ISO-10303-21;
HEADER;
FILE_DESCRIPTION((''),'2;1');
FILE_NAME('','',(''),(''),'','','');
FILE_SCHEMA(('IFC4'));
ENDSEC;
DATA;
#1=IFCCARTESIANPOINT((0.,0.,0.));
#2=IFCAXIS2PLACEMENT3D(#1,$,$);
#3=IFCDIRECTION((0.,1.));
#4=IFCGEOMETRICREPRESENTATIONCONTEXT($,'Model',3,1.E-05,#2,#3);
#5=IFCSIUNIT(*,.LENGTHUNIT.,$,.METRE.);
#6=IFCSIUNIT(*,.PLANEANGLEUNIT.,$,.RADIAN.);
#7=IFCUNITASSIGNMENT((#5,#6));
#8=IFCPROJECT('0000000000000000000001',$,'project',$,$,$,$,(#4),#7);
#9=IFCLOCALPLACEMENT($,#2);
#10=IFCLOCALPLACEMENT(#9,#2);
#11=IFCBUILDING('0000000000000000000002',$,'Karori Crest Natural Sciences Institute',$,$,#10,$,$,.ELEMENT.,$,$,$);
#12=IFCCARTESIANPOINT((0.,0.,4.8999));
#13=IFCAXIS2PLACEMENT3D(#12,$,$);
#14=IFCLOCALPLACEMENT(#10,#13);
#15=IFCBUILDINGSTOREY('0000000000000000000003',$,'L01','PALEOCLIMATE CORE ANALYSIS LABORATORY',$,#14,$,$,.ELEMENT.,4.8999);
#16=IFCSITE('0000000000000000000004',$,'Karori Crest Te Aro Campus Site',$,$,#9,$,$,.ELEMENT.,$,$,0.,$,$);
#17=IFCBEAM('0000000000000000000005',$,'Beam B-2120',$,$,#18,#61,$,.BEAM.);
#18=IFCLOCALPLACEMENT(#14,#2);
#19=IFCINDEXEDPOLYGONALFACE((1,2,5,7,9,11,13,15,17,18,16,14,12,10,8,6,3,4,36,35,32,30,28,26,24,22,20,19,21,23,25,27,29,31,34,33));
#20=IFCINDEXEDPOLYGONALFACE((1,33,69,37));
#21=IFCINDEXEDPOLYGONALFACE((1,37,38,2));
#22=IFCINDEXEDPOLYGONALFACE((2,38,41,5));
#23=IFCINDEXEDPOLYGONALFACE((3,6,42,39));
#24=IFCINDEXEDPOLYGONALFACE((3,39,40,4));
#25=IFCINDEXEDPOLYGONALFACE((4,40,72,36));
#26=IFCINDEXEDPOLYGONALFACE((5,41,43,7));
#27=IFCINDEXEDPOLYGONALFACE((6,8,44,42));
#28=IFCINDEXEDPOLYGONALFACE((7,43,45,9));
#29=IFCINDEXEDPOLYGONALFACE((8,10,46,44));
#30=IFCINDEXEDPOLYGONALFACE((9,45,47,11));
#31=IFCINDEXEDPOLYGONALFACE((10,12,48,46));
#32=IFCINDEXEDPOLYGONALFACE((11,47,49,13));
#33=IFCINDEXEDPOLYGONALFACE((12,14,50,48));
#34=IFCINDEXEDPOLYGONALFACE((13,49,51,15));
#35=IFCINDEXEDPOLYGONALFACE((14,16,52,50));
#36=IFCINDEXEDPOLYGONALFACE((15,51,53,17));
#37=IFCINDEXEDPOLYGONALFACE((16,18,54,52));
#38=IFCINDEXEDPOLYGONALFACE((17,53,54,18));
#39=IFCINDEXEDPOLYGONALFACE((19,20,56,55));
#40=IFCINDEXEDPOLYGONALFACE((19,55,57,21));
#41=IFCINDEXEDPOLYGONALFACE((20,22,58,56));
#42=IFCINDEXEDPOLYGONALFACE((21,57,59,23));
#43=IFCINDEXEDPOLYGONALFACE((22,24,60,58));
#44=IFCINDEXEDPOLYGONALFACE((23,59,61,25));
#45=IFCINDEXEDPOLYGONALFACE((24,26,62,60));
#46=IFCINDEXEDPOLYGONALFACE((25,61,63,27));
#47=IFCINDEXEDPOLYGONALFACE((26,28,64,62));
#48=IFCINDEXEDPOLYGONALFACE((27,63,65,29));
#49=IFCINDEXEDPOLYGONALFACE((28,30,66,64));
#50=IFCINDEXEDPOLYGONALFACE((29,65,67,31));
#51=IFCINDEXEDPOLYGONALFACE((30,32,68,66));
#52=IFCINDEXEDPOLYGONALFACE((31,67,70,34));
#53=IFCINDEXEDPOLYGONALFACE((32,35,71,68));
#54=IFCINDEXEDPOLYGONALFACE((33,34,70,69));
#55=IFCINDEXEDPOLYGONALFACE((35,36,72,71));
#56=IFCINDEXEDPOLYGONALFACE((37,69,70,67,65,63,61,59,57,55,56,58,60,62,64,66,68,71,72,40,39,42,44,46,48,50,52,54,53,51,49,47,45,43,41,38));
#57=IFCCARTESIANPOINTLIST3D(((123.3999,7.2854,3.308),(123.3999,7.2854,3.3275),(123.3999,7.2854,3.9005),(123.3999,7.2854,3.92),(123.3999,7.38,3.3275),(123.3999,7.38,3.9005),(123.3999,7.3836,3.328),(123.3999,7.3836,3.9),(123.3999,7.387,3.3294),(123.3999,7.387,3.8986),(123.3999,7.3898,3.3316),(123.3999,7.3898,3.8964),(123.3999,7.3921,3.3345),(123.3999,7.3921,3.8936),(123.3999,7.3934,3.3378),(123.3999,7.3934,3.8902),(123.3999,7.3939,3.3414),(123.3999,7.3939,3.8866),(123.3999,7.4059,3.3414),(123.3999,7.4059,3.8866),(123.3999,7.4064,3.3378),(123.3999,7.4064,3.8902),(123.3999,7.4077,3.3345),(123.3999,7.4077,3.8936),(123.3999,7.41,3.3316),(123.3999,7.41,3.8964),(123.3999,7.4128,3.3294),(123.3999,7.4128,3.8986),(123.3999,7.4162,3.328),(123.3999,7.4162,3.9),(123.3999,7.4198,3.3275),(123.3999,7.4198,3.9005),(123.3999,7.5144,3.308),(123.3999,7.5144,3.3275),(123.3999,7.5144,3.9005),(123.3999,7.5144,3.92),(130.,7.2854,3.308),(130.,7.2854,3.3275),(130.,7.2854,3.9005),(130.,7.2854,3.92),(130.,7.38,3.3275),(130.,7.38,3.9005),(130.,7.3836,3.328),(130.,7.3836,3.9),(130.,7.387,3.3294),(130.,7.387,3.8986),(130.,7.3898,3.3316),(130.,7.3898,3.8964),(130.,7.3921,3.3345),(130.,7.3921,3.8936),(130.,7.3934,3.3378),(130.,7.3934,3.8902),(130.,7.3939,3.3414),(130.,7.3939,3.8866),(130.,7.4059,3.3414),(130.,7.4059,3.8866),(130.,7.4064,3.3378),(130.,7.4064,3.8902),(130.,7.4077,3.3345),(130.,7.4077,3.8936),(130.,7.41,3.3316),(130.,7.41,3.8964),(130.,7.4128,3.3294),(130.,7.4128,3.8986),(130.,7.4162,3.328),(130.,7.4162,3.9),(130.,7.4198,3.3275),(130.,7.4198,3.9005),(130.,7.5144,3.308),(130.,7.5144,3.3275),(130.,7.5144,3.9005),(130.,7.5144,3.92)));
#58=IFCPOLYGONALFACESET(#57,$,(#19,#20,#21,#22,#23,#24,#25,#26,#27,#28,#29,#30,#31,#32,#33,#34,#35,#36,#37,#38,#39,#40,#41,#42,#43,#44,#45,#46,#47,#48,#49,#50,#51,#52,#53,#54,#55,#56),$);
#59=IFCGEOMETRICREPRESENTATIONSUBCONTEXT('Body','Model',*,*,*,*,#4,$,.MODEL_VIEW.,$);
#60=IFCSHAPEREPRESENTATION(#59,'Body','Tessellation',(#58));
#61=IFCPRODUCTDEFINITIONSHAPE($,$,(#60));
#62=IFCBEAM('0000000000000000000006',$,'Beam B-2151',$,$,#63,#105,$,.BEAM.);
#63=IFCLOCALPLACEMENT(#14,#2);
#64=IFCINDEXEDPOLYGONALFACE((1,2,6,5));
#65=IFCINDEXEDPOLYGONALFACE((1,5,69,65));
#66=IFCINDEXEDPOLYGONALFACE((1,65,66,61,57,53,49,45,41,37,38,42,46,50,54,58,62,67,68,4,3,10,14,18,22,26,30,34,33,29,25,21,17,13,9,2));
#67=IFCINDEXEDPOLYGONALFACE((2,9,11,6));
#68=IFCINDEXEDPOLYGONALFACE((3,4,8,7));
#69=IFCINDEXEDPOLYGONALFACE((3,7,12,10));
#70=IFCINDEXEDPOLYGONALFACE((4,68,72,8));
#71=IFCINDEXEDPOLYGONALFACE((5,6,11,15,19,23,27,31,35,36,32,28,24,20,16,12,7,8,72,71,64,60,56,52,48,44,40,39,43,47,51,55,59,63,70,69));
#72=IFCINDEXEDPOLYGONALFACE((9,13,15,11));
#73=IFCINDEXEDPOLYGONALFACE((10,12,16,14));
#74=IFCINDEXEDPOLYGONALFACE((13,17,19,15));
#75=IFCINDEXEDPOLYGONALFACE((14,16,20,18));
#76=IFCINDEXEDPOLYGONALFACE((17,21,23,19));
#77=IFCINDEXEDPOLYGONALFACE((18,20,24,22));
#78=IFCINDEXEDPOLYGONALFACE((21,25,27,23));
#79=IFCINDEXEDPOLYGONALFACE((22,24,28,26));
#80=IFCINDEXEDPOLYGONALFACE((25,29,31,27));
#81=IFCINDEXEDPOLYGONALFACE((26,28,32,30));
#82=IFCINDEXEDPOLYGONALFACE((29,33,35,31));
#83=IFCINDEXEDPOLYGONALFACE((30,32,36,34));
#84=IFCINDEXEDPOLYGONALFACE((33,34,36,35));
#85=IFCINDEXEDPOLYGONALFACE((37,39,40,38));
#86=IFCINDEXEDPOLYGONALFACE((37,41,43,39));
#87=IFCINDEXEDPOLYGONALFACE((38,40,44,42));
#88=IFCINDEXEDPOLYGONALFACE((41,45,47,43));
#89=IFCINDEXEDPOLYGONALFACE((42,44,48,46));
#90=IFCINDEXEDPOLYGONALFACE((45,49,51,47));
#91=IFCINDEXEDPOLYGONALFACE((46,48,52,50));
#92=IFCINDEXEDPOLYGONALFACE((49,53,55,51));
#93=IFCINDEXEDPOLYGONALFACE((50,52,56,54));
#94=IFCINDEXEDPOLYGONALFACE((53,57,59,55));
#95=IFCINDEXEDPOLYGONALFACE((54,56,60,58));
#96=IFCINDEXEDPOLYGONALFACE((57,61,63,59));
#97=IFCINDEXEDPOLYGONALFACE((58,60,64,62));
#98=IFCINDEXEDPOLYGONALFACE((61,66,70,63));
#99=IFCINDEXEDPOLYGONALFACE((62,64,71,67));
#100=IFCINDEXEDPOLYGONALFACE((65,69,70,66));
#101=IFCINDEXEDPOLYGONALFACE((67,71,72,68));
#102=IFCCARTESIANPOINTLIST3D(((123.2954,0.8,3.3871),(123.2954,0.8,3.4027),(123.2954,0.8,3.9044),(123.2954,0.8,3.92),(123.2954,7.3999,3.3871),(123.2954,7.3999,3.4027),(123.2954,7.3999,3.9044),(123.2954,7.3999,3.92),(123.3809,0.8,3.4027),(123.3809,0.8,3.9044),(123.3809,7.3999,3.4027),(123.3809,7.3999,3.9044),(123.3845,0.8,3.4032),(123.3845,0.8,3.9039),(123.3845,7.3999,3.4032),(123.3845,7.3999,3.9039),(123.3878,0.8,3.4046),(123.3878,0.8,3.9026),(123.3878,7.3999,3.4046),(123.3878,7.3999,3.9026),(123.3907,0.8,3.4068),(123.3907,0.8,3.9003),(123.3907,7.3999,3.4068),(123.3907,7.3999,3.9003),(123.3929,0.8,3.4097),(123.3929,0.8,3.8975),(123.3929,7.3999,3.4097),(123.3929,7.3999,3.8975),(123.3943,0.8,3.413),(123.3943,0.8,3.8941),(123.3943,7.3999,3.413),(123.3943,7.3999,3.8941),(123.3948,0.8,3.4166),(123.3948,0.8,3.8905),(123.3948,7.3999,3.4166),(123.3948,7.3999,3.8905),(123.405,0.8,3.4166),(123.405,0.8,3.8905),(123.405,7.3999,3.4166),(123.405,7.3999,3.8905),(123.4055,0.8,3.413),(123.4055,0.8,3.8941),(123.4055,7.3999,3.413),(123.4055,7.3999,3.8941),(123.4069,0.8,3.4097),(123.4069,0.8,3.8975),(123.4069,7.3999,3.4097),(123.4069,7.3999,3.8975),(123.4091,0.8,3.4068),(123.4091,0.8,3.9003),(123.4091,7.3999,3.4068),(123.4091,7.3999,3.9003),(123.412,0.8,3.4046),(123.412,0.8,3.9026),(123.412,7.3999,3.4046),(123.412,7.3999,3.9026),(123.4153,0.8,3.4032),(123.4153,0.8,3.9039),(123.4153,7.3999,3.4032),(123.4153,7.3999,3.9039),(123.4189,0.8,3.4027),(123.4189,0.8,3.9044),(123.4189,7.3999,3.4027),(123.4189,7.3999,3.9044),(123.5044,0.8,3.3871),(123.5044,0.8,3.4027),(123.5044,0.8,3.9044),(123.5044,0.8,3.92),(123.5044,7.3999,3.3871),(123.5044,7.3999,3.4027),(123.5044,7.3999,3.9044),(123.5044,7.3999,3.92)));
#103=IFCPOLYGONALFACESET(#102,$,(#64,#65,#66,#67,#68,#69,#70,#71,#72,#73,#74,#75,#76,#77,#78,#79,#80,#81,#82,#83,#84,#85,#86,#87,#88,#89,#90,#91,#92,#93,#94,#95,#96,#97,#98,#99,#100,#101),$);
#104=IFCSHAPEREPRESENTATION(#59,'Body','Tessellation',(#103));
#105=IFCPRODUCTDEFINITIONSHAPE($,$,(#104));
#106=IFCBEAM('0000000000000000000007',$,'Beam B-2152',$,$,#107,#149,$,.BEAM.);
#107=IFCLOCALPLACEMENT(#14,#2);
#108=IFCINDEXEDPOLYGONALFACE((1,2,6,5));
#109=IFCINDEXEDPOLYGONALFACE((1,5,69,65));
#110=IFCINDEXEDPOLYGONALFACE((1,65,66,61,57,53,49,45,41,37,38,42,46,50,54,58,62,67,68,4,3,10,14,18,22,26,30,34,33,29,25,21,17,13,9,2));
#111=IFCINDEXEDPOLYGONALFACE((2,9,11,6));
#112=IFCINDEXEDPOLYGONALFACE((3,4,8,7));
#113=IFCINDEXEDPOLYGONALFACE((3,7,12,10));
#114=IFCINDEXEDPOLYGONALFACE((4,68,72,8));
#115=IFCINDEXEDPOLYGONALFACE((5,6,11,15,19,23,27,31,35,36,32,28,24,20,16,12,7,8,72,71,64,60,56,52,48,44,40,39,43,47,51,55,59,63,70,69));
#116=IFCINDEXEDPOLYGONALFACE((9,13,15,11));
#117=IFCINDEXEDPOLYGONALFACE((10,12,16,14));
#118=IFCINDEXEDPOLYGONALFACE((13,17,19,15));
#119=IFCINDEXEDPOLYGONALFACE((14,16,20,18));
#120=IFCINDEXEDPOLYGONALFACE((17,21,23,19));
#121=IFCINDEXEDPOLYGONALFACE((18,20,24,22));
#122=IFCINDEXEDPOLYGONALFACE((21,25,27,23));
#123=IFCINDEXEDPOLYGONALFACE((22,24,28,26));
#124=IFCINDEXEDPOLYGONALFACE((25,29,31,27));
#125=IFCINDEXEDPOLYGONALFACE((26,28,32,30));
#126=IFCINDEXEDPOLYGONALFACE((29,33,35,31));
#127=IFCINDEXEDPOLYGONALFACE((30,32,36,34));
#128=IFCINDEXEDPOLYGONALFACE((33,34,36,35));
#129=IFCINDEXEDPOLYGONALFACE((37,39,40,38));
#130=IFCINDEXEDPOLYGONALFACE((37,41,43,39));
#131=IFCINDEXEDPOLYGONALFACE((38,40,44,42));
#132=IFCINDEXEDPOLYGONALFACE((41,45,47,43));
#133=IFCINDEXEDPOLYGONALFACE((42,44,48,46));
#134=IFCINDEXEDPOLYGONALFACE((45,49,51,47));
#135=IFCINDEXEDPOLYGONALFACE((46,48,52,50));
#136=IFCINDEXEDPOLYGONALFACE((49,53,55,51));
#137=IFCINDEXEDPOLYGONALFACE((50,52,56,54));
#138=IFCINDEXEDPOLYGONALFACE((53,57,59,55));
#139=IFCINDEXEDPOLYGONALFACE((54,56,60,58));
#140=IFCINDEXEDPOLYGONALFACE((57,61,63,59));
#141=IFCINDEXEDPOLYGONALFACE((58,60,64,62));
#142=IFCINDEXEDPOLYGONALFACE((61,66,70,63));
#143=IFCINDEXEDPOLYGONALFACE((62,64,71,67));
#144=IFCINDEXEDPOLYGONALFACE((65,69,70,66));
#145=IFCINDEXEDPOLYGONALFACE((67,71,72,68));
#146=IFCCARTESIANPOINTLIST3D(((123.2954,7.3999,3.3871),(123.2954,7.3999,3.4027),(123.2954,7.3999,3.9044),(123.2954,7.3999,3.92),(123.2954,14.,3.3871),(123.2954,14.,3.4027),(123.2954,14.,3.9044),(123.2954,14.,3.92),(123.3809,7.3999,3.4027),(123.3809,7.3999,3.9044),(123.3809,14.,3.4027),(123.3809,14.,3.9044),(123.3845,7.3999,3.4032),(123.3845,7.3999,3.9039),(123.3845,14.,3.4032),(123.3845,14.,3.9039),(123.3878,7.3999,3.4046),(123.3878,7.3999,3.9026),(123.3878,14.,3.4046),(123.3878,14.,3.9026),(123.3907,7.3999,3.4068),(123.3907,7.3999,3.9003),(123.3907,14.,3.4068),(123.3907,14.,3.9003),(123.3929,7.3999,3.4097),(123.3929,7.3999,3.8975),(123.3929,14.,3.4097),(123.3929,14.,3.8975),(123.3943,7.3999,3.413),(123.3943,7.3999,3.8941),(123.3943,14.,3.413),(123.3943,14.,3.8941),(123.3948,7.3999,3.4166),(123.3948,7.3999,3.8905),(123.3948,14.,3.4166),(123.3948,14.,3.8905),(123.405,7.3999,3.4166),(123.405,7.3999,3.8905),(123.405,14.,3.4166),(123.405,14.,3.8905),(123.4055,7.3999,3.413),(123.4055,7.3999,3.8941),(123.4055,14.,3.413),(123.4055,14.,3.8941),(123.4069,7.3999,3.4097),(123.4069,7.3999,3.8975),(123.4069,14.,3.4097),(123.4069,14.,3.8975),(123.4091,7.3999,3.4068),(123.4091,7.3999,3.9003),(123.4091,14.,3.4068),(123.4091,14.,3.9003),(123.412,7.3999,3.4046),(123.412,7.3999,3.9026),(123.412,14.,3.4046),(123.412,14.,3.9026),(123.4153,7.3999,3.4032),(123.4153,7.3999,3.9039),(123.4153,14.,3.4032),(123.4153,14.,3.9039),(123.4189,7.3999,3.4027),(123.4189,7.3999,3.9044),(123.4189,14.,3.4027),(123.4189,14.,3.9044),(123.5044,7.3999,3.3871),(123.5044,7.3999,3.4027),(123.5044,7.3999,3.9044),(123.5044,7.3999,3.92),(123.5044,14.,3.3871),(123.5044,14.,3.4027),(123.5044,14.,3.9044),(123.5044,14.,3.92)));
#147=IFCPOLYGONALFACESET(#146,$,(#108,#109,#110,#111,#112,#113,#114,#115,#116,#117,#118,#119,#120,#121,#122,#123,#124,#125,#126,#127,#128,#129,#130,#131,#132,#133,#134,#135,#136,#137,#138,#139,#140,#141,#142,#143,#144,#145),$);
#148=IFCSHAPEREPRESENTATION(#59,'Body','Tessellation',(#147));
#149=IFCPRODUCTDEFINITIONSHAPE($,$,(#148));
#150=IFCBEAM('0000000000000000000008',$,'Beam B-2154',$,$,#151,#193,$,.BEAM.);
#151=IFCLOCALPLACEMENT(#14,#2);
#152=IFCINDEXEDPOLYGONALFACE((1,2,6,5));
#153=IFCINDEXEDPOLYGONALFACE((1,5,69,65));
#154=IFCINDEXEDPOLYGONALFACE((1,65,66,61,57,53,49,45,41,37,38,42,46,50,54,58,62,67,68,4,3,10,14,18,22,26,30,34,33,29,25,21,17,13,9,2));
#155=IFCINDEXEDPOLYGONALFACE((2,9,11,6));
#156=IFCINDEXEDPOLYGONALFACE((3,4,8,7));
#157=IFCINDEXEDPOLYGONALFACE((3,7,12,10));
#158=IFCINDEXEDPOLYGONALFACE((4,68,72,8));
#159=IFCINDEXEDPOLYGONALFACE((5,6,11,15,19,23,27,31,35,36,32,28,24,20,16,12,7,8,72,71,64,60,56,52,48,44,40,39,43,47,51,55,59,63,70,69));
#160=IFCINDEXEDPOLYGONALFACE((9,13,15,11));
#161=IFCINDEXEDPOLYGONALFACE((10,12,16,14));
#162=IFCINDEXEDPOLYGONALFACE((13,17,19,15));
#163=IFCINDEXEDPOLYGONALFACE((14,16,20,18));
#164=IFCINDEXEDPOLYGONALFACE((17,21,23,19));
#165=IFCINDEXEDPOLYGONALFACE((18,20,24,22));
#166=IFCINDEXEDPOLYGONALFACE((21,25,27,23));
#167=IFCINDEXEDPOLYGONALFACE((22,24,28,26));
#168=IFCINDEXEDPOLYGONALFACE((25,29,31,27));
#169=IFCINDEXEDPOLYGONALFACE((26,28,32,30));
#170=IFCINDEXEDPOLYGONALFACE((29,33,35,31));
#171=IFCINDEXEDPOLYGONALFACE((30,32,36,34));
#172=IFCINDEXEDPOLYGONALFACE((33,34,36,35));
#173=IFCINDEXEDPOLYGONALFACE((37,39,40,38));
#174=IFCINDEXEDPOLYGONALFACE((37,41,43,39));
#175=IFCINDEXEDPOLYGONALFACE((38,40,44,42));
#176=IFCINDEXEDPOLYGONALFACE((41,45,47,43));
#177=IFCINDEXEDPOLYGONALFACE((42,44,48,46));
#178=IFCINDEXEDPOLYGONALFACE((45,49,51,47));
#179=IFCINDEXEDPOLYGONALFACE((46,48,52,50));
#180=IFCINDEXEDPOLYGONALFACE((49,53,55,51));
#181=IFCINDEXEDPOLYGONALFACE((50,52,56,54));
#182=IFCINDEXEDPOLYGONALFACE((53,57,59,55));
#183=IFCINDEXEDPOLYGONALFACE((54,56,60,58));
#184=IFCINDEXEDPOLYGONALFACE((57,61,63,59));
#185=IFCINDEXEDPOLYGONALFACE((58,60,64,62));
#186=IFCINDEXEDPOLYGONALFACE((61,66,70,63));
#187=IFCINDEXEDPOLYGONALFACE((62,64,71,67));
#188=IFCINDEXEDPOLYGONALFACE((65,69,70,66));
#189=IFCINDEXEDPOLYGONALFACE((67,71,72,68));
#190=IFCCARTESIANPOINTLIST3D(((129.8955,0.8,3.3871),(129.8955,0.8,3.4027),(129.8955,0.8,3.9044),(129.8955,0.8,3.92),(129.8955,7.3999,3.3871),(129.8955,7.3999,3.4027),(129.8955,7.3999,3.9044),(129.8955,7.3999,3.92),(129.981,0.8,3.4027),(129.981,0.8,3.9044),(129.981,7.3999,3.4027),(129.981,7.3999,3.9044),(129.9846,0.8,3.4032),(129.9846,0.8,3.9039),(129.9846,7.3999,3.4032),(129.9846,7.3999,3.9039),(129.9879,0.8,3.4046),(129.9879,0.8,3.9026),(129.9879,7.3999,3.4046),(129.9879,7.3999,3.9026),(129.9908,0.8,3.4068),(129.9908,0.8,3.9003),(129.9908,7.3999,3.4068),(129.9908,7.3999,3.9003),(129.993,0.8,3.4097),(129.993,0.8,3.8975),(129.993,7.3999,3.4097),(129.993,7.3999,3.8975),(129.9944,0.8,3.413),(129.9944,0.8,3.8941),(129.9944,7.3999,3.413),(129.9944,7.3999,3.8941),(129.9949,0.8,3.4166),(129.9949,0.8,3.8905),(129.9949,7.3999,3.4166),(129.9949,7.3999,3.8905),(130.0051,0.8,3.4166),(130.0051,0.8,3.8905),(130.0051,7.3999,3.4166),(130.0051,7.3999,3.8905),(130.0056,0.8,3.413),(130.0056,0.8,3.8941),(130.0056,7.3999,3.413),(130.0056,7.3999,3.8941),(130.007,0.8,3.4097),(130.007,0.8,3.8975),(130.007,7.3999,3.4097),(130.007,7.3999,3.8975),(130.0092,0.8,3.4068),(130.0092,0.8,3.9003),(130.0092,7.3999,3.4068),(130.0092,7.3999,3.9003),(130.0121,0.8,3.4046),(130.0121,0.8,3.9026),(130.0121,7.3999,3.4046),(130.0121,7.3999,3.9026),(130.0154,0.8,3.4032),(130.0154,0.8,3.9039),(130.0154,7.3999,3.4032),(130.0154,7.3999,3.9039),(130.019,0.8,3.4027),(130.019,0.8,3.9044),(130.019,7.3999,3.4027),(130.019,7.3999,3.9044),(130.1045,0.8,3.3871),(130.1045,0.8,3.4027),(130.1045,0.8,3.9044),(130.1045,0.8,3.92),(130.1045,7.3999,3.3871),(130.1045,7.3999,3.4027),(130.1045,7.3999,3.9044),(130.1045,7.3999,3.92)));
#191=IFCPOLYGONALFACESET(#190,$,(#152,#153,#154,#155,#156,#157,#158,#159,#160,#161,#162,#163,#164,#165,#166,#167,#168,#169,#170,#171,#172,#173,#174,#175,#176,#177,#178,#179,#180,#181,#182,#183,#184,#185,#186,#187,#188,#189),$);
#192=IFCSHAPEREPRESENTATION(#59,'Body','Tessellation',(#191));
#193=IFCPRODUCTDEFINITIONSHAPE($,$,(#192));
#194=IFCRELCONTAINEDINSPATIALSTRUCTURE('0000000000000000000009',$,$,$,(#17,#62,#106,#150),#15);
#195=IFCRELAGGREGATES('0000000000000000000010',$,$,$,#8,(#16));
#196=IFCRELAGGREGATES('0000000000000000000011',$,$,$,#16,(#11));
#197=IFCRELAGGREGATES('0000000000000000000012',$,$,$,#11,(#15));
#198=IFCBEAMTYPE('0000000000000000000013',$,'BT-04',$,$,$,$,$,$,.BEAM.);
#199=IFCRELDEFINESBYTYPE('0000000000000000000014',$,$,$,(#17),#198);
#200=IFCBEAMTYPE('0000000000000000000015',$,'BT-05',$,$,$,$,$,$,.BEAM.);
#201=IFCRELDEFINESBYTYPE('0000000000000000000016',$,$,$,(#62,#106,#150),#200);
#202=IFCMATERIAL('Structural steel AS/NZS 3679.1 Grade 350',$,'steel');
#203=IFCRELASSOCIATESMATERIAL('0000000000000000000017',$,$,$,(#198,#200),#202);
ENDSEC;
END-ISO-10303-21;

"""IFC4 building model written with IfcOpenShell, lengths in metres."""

from ifc_helpers import new_model, si_unit, direction, frame, origin, origin_2d, place, context, subcontext, project, spatial, i_section, extrude, material, material_profile, profile_set, type_object, element, save


model = new_model("IFC4")

# Units and contexts
model_context = context("Model", 3, precision=1e-05, world=origin(), true_north=direction((0.0, 1.0)))
body_context = subcontext(model_context, "Body", "Model", "MODEL_VIEW")
ifc_project = project(units=[si_unit("LENGTHUNIT", "METRE"), si_unit("PLANEANGLEUNIT", "RADIAN")], contexts=[model_context])

# Site, building, storey
site_placement = place(None, origin())
site = spatial("IfcSite", under=ifc_project, at=site_placement, Name="Karori Crest Te Aro Campus Site", CompositionType="ELEMENT", RefElevation=0.0)
building_placement = place(site_placement, origin())
building = spatial("IfcBuilding", under=site, at=building_placement, Name="Karori Crest Natural Sciences Institute", CompositionType="ELEMENT")
storey_placement = place(building_placement, frame((0.0, 0.0, 4.8999)))
storey = spatial("IfcBuildingStorey", under=building, at=storey_placement, Name="L01", Description="PALEOCLIMATE CORE ANALYSIS LABORATORY", CompositionType="ELEMENT", Elevation=4.8999)

# Shared definitions
ifc_material_1 = material(Name="Structural steel AS/NZS 3679.1 Grade 350", Category="steel")

# Beams
ifc_material_profile_1 = material_profile(ifc_material_1, i_section(OverallWidth=0.229, OverallDepth=0.6121, WebThickness=0.012, FlangeThickness=0.0195, FilletRadius=0.0139, at=origin_2d()), Name="610UB125")
ifc_profile_set_1 = profile_set([ifc_material_profile_1], Name="Structural steel AS/NZS 3679.1 Grade 350")
beam_type_1 = type_object("IfcBeamType", Name="BT-04", PredefinedType="BEAM", material=ifc_profile_set_1)
beam_1_placement = place(storey_placement, frame((123.3999, 7.3999, 3.614), z_axis=(1.0, 0.0, 0.0), x_axis=(0.0, 1.0, 0.0)))
element("IfcBeam", 1, at=beam_1_placement, inside=storey, type_object=beam_type_1, Name="Beam B-2120", PredefinedType="BEAM", context=body_context, shape_type="SweptSolid", body=[
    extrude(i_section(OverallWidth=0.229, OverallDepth=0.6121, WebThickness=0.012, FlangeThickness=0.0195, FilletRadius=0.0139, at=origin_2d()), origin(), (0.0, 0.0, 1.0), 6.6001),
])
ifc_material_profile_2 = material_profile(ifc_material_1, i_section(OverallWidth=0.209, OverallDepth=0.533, WebThickness=0.0103, FlangeThickness=0.0156, FilletRadius=0.0139, at=origin_2d()), Name="530UB92.4")
ifc_profile_set_2 = profile_set([ifc_material_profile_2], Name="Structural steel AS/NZS 3679.1 Grade 350")
beam_type_2 = type_object("IfcBeamType", Name="BT-05", PredefinedType="BEAM", material=ifc_profile_set_2)
beam_2_placement = place(storey_placement, frame((123.3999, 0.8, 3.6536), z_axis=(0.0, 1.0, 0.0), x_axis=(-1.0, 0.0, 0.0)))
element("IfcBeam", 2, at=beam_2_placement, inside=storey, type_object=beam_type_2, Name="Beam B-2151", PredefinedType="BEAM", context=body_context, shape_type="SweptSolid", body=[
    extrude(i_section(OverallWidth=0.209, OverallDepth=0.533, WebThickness=0.0103, FlangeThickness=0.0156, FilletRadius=0.0139, at=origin_2d()), origin(), (0.0, 0.0, 1.0), 6.5999),
])
beam_3_placement = place(storey_placement, frame((123.3999, 7.3999, 3.6536), z_axis=(0.0, 1.0, 0.0), x_axis=(-1.0, 0.0, 0.0)))
element("IfcBeam", 3, at=beam_3_placement, inside=storey, type_object=beam_type_2, Name="Beam B-2152", PredefinedType="BEAM", context=body_context, shape_type="SweptSolid", body=[
    extrude(i_section(OverallWidth=0.209, OverallDepth=0.533, WebThickness=0.0103, FlangeThickness=0.0156, FilletRadius=0.0139, at=origin_2d()), origin(), (0.0, 0.0, 1.0), 6.6001),
])
beam_4_placement = place(storey_placement, frame((130.0, 0.8, 3.6536), z_axis=(0.0, 1.0, 0.0), x_axis=(-1.0, 0.0, 0.0)))
element("IfcBeam", 4, at=beam_4_placement, inside=storey, type_object=beam_type_2, Name="Beam B-2154", PredefinedType="BEAM", context=body_context, shape_type="SweptSolid", body=[
    extrude(i_section(OverallWidth=0.209, OverallDepth=0.533, WebThickness=0.0103, FlangeThickness=0.0156, FilletRadius=0.0139, at=origin_2d()), origin(), (0.0, 0.0, 1.0), 6.5999),
])

save(model, "model.ifc")
